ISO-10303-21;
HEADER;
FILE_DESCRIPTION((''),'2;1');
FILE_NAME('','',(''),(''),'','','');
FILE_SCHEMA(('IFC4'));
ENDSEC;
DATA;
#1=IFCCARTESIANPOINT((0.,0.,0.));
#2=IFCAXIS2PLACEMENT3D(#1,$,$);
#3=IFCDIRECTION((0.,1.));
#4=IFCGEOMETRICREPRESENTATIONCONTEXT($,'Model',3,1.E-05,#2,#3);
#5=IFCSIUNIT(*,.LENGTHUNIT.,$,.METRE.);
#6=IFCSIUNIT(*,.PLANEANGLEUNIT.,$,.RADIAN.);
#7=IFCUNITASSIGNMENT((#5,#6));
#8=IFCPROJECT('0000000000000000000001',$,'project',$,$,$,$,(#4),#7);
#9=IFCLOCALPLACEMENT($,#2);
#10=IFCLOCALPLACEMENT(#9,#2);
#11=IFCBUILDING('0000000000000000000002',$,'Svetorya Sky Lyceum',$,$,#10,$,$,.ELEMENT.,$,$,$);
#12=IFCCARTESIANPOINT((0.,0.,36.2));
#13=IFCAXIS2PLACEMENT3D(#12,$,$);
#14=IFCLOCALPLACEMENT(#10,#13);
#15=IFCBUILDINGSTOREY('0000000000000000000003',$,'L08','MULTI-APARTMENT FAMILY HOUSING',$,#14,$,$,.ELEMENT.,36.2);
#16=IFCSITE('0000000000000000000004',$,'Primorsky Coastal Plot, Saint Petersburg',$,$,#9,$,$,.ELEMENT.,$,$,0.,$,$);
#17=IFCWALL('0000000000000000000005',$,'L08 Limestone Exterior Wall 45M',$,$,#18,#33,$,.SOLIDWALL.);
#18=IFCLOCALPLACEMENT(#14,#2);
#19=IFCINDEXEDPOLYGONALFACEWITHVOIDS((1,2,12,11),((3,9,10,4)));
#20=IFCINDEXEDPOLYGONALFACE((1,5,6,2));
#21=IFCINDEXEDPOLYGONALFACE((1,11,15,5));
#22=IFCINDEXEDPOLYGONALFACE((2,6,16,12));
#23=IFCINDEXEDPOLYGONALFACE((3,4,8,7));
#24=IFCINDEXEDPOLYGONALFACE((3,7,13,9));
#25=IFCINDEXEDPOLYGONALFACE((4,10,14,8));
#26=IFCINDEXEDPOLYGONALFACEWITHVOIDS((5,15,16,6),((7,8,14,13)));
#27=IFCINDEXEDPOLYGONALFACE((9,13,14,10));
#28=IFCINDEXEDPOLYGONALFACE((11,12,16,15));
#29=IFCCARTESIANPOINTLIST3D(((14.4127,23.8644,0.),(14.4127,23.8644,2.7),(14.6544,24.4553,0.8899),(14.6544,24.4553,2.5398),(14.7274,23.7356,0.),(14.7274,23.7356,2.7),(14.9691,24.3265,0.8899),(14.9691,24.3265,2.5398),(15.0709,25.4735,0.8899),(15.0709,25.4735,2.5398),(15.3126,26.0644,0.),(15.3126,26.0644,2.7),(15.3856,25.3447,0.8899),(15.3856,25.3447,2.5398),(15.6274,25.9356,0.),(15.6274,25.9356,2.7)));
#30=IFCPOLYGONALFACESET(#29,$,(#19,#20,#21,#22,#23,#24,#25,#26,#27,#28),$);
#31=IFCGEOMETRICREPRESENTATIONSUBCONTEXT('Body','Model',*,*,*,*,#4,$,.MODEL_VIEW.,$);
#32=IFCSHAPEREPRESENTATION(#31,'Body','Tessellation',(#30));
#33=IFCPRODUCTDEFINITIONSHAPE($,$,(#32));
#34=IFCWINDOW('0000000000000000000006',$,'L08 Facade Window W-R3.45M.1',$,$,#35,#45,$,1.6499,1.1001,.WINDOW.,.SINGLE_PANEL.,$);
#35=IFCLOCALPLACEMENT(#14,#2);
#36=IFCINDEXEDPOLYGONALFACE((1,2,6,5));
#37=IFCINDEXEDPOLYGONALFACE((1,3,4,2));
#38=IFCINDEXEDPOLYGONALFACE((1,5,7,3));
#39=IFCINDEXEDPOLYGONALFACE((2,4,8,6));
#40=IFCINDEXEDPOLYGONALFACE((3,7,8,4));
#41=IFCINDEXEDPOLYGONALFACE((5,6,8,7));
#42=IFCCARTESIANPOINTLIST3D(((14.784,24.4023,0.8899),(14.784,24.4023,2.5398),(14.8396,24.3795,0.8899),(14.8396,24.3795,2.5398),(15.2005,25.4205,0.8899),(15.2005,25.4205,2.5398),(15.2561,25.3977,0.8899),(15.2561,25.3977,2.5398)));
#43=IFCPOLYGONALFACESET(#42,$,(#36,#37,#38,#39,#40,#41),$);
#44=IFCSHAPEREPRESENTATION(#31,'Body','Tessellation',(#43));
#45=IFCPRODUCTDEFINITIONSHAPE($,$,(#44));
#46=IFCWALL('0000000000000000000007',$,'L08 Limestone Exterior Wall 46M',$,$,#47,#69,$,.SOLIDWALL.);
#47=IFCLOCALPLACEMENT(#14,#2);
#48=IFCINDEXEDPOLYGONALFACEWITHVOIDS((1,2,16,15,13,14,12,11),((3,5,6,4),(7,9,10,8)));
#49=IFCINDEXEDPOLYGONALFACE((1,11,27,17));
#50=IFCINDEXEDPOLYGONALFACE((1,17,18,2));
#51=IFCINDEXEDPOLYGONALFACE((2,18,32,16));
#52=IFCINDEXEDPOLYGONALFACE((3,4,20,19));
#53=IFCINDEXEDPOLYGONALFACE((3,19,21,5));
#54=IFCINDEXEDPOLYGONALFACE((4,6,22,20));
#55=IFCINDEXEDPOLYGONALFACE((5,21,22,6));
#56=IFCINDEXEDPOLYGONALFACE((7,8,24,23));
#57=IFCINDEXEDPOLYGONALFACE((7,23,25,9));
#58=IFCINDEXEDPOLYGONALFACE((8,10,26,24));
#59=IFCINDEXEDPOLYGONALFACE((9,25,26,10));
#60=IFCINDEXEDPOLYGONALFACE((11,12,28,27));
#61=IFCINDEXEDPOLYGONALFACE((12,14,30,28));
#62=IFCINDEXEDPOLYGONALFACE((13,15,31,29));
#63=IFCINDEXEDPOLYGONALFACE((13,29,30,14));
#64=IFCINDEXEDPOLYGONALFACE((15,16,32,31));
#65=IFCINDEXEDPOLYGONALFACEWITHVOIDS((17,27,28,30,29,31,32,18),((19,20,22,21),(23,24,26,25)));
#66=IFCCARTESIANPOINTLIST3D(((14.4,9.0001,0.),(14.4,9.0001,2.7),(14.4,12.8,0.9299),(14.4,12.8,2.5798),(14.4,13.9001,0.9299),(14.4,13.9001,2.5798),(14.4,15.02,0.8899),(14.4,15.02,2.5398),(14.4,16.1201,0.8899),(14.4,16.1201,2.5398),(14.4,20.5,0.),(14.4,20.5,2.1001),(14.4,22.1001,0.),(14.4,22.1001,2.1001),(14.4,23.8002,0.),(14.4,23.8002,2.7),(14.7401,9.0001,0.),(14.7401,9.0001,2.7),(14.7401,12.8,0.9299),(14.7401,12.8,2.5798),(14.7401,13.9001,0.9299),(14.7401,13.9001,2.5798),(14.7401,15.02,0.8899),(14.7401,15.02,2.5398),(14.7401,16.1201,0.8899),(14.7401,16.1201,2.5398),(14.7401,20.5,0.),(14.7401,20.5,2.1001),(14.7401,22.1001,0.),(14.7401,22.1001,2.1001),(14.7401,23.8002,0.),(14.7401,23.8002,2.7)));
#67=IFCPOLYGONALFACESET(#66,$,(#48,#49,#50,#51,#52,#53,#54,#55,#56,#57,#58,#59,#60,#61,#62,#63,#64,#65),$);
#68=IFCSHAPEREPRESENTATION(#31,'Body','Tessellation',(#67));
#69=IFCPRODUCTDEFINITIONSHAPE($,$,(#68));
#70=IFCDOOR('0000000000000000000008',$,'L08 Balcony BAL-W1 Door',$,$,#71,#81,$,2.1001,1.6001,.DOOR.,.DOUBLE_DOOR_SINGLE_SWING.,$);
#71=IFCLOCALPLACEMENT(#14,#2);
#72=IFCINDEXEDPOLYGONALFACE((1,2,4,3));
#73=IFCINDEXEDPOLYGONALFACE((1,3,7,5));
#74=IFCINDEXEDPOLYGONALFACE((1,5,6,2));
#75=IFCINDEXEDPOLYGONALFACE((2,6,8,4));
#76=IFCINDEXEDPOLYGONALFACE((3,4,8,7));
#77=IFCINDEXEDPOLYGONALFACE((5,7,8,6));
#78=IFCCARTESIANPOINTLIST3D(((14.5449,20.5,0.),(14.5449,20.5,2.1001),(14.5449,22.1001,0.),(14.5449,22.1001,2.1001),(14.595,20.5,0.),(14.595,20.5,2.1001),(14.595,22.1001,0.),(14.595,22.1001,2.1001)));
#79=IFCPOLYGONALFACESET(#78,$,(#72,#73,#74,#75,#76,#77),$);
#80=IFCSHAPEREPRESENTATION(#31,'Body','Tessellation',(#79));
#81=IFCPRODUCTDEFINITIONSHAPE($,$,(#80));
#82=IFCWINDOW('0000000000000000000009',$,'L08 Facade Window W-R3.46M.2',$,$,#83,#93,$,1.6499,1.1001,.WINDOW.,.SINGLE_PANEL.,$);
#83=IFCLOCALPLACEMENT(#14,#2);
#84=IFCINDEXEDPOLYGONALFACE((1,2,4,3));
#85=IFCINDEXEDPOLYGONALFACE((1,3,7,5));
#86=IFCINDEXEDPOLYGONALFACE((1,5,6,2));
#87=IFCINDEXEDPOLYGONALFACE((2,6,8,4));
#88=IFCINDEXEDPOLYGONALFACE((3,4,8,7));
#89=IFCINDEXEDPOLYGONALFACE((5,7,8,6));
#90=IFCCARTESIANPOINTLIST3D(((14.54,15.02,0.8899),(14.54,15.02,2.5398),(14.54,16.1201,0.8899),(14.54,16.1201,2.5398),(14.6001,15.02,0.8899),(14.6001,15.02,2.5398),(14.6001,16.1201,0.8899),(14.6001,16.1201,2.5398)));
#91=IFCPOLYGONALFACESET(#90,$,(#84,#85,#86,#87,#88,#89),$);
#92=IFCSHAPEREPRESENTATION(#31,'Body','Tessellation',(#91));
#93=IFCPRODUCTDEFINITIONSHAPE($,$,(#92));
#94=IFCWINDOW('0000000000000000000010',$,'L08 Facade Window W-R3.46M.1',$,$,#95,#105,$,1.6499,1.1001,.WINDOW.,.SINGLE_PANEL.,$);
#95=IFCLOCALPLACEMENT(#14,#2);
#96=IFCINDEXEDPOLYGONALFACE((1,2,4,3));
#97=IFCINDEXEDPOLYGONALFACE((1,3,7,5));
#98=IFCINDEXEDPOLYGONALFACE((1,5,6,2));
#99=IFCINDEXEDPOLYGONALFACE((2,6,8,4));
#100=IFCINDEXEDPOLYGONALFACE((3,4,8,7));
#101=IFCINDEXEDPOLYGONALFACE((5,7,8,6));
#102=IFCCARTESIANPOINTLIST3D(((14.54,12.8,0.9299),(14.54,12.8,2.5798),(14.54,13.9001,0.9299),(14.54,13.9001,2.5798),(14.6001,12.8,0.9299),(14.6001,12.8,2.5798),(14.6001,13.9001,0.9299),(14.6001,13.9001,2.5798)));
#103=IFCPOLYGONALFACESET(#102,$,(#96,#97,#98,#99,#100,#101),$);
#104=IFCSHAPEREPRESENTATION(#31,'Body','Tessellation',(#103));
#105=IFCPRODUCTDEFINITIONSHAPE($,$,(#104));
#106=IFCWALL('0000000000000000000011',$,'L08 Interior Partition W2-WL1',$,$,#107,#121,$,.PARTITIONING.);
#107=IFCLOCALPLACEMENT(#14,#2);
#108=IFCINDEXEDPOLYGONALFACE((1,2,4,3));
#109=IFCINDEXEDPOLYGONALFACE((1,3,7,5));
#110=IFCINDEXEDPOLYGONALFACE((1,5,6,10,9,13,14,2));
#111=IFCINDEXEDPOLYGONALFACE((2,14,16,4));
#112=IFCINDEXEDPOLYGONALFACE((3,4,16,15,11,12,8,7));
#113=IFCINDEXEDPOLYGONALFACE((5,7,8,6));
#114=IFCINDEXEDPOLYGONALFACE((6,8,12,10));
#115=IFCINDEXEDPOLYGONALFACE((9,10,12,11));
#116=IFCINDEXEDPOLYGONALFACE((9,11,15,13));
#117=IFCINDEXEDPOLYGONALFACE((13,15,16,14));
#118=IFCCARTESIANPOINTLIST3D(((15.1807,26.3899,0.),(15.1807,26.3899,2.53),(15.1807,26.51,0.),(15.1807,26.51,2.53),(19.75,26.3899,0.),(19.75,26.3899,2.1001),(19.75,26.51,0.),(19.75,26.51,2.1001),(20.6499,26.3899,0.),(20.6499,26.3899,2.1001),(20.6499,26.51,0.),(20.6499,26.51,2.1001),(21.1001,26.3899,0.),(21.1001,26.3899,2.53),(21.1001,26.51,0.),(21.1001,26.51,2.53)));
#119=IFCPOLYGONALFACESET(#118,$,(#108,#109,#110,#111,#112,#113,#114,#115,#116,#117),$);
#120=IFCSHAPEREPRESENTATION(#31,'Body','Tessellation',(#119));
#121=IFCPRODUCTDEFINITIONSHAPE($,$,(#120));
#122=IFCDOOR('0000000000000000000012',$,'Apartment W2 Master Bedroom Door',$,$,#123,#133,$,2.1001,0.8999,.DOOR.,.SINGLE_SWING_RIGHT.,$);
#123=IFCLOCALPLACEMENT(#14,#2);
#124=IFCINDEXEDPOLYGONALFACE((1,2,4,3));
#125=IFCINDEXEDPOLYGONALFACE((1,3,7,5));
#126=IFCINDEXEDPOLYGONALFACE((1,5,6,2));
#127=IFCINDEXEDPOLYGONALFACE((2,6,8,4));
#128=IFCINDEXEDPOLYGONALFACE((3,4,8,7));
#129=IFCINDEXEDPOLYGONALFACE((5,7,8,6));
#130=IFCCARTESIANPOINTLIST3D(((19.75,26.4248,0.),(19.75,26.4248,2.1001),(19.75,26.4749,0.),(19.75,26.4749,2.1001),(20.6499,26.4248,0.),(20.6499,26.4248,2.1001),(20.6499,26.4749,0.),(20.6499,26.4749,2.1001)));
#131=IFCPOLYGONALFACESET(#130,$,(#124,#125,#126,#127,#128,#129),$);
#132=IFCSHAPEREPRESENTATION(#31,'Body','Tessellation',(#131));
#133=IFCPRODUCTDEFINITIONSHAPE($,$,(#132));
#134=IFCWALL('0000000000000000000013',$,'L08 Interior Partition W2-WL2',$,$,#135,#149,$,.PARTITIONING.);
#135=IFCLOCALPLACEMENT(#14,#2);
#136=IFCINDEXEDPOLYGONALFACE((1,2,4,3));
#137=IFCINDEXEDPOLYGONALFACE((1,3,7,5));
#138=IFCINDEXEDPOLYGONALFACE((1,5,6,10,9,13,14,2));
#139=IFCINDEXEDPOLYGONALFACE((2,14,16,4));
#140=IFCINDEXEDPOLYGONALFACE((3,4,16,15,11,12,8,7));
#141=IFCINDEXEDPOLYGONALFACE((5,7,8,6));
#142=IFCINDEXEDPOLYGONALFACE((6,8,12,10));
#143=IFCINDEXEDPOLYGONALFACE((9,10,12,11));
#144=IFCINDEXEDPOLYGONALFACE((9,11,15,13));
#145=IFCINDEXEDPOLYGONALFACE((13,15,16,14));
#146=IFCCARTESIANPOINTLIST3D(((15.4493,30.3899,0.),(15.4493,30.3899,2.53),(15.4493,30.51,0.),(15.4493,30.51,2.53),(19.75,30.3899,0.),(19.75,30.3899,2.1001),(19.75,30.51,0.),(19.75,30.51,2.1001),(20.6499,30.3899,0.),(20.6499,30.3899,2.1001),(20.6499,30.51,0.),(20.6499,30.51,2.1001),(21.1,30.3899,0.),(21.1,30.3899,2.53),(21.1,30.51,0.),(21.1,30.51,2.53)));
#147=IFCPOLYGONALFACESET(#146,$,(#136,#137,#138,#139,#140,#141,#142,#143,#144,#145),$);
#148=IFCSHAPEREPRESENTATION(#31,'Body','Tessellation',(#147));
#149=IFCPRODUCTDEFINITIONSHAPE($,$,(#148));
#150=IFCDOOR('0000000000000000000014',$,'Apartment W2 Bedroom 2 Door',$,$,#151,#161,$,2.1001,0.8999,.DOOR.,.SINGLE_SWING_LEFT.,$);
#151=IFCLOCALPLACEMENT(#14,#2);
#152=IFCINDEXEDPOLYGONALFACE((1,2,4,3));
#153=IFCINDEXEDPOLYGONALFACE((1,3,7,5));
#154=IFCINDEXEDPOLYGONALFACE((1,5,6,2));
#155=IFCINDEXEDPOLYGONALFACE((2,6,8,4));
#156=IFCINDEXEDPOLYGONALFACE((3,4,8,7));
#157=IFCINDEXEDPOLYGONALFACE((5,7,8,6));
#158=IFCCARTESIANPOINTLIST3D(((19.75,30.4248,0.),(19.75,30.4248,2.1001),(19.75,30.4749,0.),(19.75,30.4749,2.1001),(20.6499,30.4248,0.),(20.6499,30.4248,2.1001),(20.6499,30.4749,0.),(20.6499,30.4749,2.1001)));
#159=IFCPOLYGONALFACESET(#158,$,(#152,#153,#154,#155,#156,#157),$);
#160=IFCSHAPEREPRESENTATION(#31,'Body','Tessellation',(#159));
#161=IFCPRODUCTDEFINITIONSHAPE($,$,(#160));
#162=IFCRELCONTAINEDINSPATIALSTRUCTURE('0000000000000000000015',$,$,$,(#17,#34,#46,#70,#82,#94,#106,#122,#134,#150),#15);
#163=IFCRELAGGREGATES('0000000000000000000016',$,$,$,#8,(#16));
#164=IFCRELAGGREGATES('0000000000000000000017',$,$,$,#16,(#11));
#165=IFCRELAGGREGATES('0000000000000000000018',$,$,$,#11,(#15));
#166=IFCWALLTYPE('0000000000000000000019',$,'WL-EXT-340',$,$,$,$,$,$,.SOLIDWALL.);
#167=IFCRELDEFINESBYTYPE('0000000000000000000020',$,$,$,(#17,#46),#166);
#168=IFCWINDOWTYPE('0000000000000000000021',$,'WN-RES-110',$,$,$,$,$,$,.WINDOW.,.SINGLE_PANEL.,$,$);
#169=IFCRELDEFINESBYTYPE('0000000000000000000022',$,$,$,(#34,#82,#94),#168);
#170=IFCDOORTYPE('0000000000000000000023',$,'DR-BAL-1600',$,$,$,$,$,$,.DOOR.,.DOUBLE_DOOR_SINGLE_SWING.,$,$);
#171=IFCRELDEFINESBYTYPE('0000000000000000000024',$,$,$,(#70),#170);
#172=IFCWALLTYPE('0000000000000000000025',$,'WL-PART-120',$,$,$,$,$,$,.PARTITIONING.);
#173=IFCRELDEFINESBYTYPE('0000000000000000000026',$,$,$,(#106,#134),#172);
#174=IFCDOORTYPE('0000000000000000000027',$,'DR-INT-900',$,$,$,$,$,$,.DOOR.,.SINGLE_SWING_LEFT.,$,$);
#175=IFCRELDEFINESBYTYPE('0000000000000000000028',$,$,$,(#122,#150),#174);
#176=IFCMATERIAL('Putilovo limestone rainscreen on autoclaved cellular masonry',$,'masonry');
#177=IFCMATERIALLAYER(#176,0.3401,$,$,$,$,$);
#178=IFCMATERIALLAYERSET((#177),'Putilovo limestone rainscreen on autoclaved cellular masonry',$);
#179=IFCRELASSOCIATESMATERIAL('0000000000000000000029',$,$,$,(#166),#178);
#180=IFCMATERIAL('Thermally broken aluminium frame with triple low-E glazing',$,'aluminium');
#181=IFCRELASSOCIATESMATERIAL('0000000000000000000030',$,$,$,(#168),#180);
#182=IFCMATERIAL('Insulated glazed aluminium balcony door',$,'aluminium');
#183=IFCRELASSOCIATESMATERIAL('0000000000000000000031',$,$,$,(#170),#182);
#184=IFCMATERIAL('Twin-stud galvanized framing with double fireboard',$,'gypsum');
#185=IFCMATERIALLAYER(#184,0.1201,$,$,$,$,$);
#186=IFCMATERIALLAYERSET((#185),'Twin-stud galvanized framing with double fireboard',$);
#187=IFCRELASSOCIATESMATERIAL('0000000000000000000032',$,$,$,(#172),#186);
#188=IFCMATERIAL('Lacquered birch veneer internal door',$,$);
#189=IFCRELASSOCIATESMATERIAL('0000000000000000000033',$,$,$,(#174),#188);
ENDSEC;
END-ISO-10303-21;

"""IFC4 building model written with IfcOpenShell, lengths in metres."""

from ifc_helpers import new_model, si_unit, direction, frame, frame_2d, origin, place, context, subcontext, project, spatial, rectangle, extrude, material, layer, layer_set, type_object, element, fill, save


model = new_model("IFC4")

# Units and contexts
model_context = context("Model", 3, precision=1e-05, world=origin(), true_north=direction((0.0, 1.0)))
body_context = subcontext(model_context, "Body", "Model", "MODEL_VIEW")
ifc_project = project(units=[si_unit("LENGTHUNIT", "METRE"), si_unit("PLANEANGLEUNIT", "RADIAN")], contexts=[model_context])

# Site, building, storey
site_placement = place(None, origin())
site = spatial("IfcSite", under=ifc_project, at=site_placement, Name="Primorsky Coastal Plot, Saint Petersburg", CompositionType="ELEMENT", RefElevation=0.0)
building_placement = place(site_placement, origin())
building = spatial("IfcBuilding", under=site, at=building_placement, Name="Svetorya Sky Lyceum", CompositionType="ELEMENT")
storey_placement = place(building_placement, frame((0.0, 0.0, 36.2)))
storey = spatial("IfcBuildingStorey", under=building, at=storey_placement, Name="L08", Description="MULTI-APARTMENT FAMILY HOUSING", CompositionType="ELEMENT", Elevation=36.2)

# Shared definitions
ifc_material_1 = material(Name="Putilovo limestone rainscreen on autoclaved cellular masonry", Category="masonry")
ifc_layer_1 = layer(ifc_material_1, 0.3401)
ifc_layer_set_1 = layer_set([ifc_layer_1], Name="Putilovo limestone rainscreen on autoclaved cellular masonry")
wall_type_1 = type_object("IfcWallType", Name="WL-EXT-340", PredefinedType="SOLIDWALL", material=ifc_layer_set_1)
ifc_material_2 = material(Name="Thermally broken aluminium frame with triple low-E glazing", Category="aluminium")
window_type = type_object("IfcWindowType", Name="WN-RES-110", PartitioningType="SINGLE_PANEL", PredefinedType="WINDOW", material=ifc_material_2)

# Wall, opening, window
wall_1_placement = place(storey_placement, frame((15.47, 26.0, 0.0), z_axis=(0.0, 0.0, 1.0), x_axis=(-0.378605, -0.925558, 0.0)))
wall_1 = element("IfcWall", 1, at=wall_1_placement, inside=storey, type_object=wall_type_1, Name="L08 Limestone Exterior Wall 45M", PredefinedType="SOLIDWALL", context=body_context, shape_type="SweptSolid", body=[
    extrude(rectangle(XDim=2.377, YDim=0.3401, at=frame_2d((1.1885, 0.0))), origin(), (0.0, 0.0, 1.0), 2.7),
])
opening_1_placement = place(wall_1_placement, frame((0.6384, 0.0, 0.8899)))
opening_1 = element("IfcOpeningElement", 2, at=opening_1_placement, cuts=wall_1, PredefinedType="OPENING", context=body_context, shape_type="SweptSolid", body=[
    extrude(rectangle(XDim=1.1001, YDim=1.6499, at=frame_2d((0.55, 0.825))), frame((0.0, 0.1799, 0.0), z_axis=(0.0, -1.0, 0.0), x_axis=(1.0, 0.0, 0.0)), (0.0, 0.0, 1.0), 0.3601),
])
window_1_placement = place(opening_1_placement, origin())
window_1 = element("IfcWindow", 3, at=window_1_placement, inside=storey, type_object=window_type, Name="L08 Facade Window W-R3.45M.1", OverallHeight=1.6499, OverallWidth=1.1001, PartitioningType="SINGLE_PANEL", PredefinedType="WINDOW", context=body_context, shape_type="SweptSolid", body=[
    extrude(rectangle(XDim=1.1001, YDim=1.6499, at=frame_2d((0.55, 0.825))), frame((0.0, 0.03, 0.0), z_axis=(0.0, -1.0, 0.0), x_axis=(1.0, 0.0, 0.0)), (0.0, 0.0, 1.0), 0.0601),
])
fill(opening_1, window_1)

# Wall, openings, door, windows
wall_2_placement = place(storey_placement, frame((14.5701, 23.8, 0.0), z_axis=(0.0, 0.0, 1.0), x_axis=(0.0, -1.0, 0.0)))
wall_2 = element("IfcWall", 4, at=wall_2_placement, inside=storey, type_object=wall_type_1, Name="L08 Limestone Exterior Wall 46M", PredefinedType="SOLIDWALL", context=body_context, shape_type="SweptSolid", body=[
    extrude(rectangle(XDim=14.8, YDim=0.3401, at=frame_2d((7.3999, 0.0))), origin(), (0.0, 0.0, 1.0), 2.7),
])
opening_2_placement = place(wall_2_placement, frame((1.7, 0.0, 0.0)))
opening_2 = element("IfcOpeningElement", 5, at=opening_2_placement, cuts=wall_2, PredefinedType="OPENING", context=body_context, shape_type="SweptSolid", body=[
    extrude(rectangle(XDim=1.6001, YDim=2.1001, at=frame_2d((0.8, 1.05))), frame((0.0, 0.1799, 0.0), z_axis=(0.0, -1.0, 0.0), x_axis=(1.0, 0.0, 0.0)), (0.0, 0.0, 1.0), 0.3601),
])
opening_3_placement = place(wall_2_placement, frame((7.6799, 0.0, 0.8899)))
opening_3 = element("IfcOpeningElement", 6, at=opening_3_placement, cuts=wall_2, PredefinedType="OPENING", context=body_context, shape_type="SweptSolid", body=[
    extrude(rectangle(XDim=1.1001, YDim=1.6499, at=frame_2d((0.55, 0.825))), frame((0.0, 0.1799, 0.0), z_axis=(0.0, -1.0, 0.0), x_axis=(1.0, 0.0, 0.0)), (0.0, 0.0, 1.0), 0.3601),
])
opening_4_placement = place(wall_2_placement, frame((9.8999, 0.0, 0.9299)))
opening_4 = element("IfcOpeningElement", 7, at=opening_4_placement, cuts=wall_2, PredefinedType="OPENING", context=body_context, shape_type="SweptSolid", body=[
    extrude(rectangle(XDim=1.1001, YDim=1.6499, at=frame_2d((0.55, 0.825))), frame((0.0, 0.1799, 0.0), z_axis=(0.0, -1.0, 0.0), x_axis=(1.0, 0.0, 0.0)), (0.0, 0.0, 1.0), 0.3601),
])
ifc_material_3 = material(Name="Insulated glazed aluminium balcony door", Category="aluminium")
door_type_1 = type_object("IfcDoorType", Name="DR-BAL-1600", OperationType="DOUBLE_DOOR_SINGLE_SWING", PredefinedType="DOOR", material=ifc_material_3)
door_1_placement = place(opening_2_placement, origin())
door_1 = element("IfcDoor", 8, at=door_1_placement, inside=storey, type_object=door_type_1, Name="L08 Balcony BAL-W1 Door", OperationType="DOUBLE_DOOR_SINGLE_SWING", OverallHeight=2.1001, OverallWidth=1.6001, PredefinedType="DOOR", context=body_context, shape_type="SweptSolid", body=[
    extrude(rectangle(XDim=1.6001, YDim=2.1001, at=frame_2d((0.8, 1.05))), frame((0.0, 0.0249, 0.0), z_axis=(0.0, -1.0, 0.0), x_axis=(1.0, 0.0, 0.0)), (0.0, 0.0, 1.0), 0.05),
])
fill(opening_2, door_1)
window_2_placement = place(opening_3_placement, origin())
window_2 = element("IfcWindow", 9, at=window_2_placement, inside=storey, type_object=window_type, Name="L08 Facade Window W-R3.46M.2", OverallHeight=1.6499, OverallWidth=1.1001, PartitioningType="SINGLE_PANEL", PredefinedType="WINDOW", context=body_context, shape_type="SweptSolid", body=[
    extrude(rectangle(XDim=1.1001, YDim=1.6499, at=frame_2d((0.55, 0.825))), frame((0.0, 0.03, 0.0), z_axis=(0.0, -1.0, 0.0), x_axis=(1.0, 0.0, 0.0)), (0.0, 0.0, 1.0), 0.0601),
])
fill(opening_3, window_2)
window_3_placement = place(opening_4_placement, origin())
window_3 = element("IfcWindow", 10, at=window_3_placement, inside=storey, type_object=window_type, Name="L08 Facade Window W-R3.46M.1", OverallHeight=1.6499, OverallWidth=1.1001, PartitioningType="SINGLE_PANEL", PredefinedType="WINDOW", context=body_context, shape_type="SweptSolid", body=[
    extrude(rectangle(XDim=1.1001, YDim=1.6499, at=frame_2d((0.55, 0.825))), frame((0.0, 0.03, 0.0), z_axis=(0.0, -1.0, 0.0), x_axis=(1.0, 0.0, 0.0)), (0.0, 0.0, 1.0), 0.0601),
])
fill(opening_4, window_3)

# Walls, openings, doors
ifc_material_4 = material(Name="Twin-stud galvanized framing with double fireboard", Category="gypsum")
ifc_layer_2 = layer(ifc_material_4, 0.1201)
ifc_layer_set_2 = layer_set([ifc_layer_2], Name="Twin-stud galvanized framing with double fireboard")
wall_type_2 = type_object("IfcWallType", Name="WL-PART-120", PredefinedType="PARTITIONING", material=ifc_layer_set_2)
wall_3_placement = place(storey_placement, frame((15.1807, 26.45, 0.0), z_axis=(0.0, 0.0, 1.0), x_axis=(1.0, 0.0, 0.0)))
wall_3 = element("IfcWall", 11, at=wall_3_placement, inside=storey, type_object=wall_type_2, Name="L08 Interior Partition W2-WL1", PredefinedType="PARTITIONING", context=body_context, shape_type="SweptSolid", body=[
    extrude(rectangle(XDim=5.9194, YDim=0.1201, at=frame_2d((2.9597, 0.0))), origin(), (0.0, 0.0, 1.0), 2.53),
])
opening_5_placement = place(wall_3_placement, frame((4.5693, 0.0, 0.0)))
opening_5 = element("IfcOpeningElement", 12, at=opening_5_placement, cuts=wall_3, PredefinedType="OPENING", context=body_context, shape_type="SweptSolid", body=[
    extrude(rectangle(XDim=0.8999, YDim=2.1001, at=frame_2d((0.45, 1.05))), frame((0.0, 0.0701, 0.0), z_axis=(0.0, -1.0, 0.0), x_axis=(1.0, 0.0, 0.0)), (0.0, 0.0, 1.0), 0.1401),
])
ifc_material_5 = material(Name="Lacquered birch veneer internal door")
door_type_2 = type_object("IfcDoorType", Name="DR-INT-900", OperationType="SINGLE_SWING_LEFT", PredefinedType="DOOR", material=ifc_material_5)
door_2_placement = place(opening_5_placement, origin())
door_2 = element("IfcDoor", 13, at=door_2_placement, inside=storey, type_object=door_type_2, Name="Apartment W2 Master Bedroom Door", OperationType="SINGLE_SWING_RIGHT", OverallHeight=2.1001, OverallWidth=0.8999, PredefinedType="DOOR", context=body_context, shape_type="SweptSolid", body=[
    extrude(rectangle(XDim=0.8999, YDim=2.1001, at=frame_2d((0.45, 1.05))), frame((0.0, 0.0249, 0.0), z_axis=(0.0, -1.0, 0.0), x_axis=(1.0, 0.0, 0.0)), (0.0, 0.0, 1.0), 0.05),
])
fill(opening_5, door_2)
wall_4_placement = place(storey_placement, frame((15.4495, 30.45, 0.0), z_axis=(0.0, 0.0, 1.0), x_axis=(1.0, 0.0, 0.0)))
wall_4 = element("IfcWall", 14, at=wall_4_placement, inside=storey, type_object=wall_type_2, Name="L08 Interior Partition W2-WL2", PredefinedType="PARTITIONING", context=body_context, shape_type="SweptSolid", body=[
    extrude(rectangle(XDim=5.6506, YDim=0.1201, at=frame_2d((2.8252, 0.0))), origin(), (0.0, 0.0, 1.0), 2.53),
])
opening_6_placement = place(wall_4_placement, frame((4.3005, 0.0, 0.0)))
opening_6 = element("IfcOpeningElement", 15, at=opening_6_placement, cuts=wall_4, PredefinedType="OPENING", context=body_context, shape_type="SweptSolid", body=[
    extrude(rectangle(XDim=0.8999, YDim=2.1001, at=frame_2d((0.45, 1.05))), frame((0.0, 0.0701, 0.0), z_axis=(0.0, -1.0, 0.0), x_axis=(1.0, 0.0, 0.0)), (0.0, 0.0, 1.0), 0.1401),
])
door_3_placement = place(opening_6_placement, origin())
door_3 = element("IfcDoor", 16, at=door_3_placement, inside=storey, type_object=door_type_2, Name="Apartment W2 Bedroom 2 Door", OperationType="SINGLE_SWING_LEFT", OverallHeight=2.1001, OverallWidth=0.8999, PredefinedType="DOOR", context=body_context, shape_type="SweptSolid", body=[
    extrude(rectangle(XDim=0.8999, YDim=2.1001, at=frame_2d((0.45, 1.05))), frame((0.0, 0.0249, 0.0), z_axis=(0.0, -1.0, 0.0), x_axis=(1.0, 0.0, 0.0)), (0.0, 0.0, 1.0), 0.05),
])
fill(opening_6, door_3)

save(model, "model.ifc")
